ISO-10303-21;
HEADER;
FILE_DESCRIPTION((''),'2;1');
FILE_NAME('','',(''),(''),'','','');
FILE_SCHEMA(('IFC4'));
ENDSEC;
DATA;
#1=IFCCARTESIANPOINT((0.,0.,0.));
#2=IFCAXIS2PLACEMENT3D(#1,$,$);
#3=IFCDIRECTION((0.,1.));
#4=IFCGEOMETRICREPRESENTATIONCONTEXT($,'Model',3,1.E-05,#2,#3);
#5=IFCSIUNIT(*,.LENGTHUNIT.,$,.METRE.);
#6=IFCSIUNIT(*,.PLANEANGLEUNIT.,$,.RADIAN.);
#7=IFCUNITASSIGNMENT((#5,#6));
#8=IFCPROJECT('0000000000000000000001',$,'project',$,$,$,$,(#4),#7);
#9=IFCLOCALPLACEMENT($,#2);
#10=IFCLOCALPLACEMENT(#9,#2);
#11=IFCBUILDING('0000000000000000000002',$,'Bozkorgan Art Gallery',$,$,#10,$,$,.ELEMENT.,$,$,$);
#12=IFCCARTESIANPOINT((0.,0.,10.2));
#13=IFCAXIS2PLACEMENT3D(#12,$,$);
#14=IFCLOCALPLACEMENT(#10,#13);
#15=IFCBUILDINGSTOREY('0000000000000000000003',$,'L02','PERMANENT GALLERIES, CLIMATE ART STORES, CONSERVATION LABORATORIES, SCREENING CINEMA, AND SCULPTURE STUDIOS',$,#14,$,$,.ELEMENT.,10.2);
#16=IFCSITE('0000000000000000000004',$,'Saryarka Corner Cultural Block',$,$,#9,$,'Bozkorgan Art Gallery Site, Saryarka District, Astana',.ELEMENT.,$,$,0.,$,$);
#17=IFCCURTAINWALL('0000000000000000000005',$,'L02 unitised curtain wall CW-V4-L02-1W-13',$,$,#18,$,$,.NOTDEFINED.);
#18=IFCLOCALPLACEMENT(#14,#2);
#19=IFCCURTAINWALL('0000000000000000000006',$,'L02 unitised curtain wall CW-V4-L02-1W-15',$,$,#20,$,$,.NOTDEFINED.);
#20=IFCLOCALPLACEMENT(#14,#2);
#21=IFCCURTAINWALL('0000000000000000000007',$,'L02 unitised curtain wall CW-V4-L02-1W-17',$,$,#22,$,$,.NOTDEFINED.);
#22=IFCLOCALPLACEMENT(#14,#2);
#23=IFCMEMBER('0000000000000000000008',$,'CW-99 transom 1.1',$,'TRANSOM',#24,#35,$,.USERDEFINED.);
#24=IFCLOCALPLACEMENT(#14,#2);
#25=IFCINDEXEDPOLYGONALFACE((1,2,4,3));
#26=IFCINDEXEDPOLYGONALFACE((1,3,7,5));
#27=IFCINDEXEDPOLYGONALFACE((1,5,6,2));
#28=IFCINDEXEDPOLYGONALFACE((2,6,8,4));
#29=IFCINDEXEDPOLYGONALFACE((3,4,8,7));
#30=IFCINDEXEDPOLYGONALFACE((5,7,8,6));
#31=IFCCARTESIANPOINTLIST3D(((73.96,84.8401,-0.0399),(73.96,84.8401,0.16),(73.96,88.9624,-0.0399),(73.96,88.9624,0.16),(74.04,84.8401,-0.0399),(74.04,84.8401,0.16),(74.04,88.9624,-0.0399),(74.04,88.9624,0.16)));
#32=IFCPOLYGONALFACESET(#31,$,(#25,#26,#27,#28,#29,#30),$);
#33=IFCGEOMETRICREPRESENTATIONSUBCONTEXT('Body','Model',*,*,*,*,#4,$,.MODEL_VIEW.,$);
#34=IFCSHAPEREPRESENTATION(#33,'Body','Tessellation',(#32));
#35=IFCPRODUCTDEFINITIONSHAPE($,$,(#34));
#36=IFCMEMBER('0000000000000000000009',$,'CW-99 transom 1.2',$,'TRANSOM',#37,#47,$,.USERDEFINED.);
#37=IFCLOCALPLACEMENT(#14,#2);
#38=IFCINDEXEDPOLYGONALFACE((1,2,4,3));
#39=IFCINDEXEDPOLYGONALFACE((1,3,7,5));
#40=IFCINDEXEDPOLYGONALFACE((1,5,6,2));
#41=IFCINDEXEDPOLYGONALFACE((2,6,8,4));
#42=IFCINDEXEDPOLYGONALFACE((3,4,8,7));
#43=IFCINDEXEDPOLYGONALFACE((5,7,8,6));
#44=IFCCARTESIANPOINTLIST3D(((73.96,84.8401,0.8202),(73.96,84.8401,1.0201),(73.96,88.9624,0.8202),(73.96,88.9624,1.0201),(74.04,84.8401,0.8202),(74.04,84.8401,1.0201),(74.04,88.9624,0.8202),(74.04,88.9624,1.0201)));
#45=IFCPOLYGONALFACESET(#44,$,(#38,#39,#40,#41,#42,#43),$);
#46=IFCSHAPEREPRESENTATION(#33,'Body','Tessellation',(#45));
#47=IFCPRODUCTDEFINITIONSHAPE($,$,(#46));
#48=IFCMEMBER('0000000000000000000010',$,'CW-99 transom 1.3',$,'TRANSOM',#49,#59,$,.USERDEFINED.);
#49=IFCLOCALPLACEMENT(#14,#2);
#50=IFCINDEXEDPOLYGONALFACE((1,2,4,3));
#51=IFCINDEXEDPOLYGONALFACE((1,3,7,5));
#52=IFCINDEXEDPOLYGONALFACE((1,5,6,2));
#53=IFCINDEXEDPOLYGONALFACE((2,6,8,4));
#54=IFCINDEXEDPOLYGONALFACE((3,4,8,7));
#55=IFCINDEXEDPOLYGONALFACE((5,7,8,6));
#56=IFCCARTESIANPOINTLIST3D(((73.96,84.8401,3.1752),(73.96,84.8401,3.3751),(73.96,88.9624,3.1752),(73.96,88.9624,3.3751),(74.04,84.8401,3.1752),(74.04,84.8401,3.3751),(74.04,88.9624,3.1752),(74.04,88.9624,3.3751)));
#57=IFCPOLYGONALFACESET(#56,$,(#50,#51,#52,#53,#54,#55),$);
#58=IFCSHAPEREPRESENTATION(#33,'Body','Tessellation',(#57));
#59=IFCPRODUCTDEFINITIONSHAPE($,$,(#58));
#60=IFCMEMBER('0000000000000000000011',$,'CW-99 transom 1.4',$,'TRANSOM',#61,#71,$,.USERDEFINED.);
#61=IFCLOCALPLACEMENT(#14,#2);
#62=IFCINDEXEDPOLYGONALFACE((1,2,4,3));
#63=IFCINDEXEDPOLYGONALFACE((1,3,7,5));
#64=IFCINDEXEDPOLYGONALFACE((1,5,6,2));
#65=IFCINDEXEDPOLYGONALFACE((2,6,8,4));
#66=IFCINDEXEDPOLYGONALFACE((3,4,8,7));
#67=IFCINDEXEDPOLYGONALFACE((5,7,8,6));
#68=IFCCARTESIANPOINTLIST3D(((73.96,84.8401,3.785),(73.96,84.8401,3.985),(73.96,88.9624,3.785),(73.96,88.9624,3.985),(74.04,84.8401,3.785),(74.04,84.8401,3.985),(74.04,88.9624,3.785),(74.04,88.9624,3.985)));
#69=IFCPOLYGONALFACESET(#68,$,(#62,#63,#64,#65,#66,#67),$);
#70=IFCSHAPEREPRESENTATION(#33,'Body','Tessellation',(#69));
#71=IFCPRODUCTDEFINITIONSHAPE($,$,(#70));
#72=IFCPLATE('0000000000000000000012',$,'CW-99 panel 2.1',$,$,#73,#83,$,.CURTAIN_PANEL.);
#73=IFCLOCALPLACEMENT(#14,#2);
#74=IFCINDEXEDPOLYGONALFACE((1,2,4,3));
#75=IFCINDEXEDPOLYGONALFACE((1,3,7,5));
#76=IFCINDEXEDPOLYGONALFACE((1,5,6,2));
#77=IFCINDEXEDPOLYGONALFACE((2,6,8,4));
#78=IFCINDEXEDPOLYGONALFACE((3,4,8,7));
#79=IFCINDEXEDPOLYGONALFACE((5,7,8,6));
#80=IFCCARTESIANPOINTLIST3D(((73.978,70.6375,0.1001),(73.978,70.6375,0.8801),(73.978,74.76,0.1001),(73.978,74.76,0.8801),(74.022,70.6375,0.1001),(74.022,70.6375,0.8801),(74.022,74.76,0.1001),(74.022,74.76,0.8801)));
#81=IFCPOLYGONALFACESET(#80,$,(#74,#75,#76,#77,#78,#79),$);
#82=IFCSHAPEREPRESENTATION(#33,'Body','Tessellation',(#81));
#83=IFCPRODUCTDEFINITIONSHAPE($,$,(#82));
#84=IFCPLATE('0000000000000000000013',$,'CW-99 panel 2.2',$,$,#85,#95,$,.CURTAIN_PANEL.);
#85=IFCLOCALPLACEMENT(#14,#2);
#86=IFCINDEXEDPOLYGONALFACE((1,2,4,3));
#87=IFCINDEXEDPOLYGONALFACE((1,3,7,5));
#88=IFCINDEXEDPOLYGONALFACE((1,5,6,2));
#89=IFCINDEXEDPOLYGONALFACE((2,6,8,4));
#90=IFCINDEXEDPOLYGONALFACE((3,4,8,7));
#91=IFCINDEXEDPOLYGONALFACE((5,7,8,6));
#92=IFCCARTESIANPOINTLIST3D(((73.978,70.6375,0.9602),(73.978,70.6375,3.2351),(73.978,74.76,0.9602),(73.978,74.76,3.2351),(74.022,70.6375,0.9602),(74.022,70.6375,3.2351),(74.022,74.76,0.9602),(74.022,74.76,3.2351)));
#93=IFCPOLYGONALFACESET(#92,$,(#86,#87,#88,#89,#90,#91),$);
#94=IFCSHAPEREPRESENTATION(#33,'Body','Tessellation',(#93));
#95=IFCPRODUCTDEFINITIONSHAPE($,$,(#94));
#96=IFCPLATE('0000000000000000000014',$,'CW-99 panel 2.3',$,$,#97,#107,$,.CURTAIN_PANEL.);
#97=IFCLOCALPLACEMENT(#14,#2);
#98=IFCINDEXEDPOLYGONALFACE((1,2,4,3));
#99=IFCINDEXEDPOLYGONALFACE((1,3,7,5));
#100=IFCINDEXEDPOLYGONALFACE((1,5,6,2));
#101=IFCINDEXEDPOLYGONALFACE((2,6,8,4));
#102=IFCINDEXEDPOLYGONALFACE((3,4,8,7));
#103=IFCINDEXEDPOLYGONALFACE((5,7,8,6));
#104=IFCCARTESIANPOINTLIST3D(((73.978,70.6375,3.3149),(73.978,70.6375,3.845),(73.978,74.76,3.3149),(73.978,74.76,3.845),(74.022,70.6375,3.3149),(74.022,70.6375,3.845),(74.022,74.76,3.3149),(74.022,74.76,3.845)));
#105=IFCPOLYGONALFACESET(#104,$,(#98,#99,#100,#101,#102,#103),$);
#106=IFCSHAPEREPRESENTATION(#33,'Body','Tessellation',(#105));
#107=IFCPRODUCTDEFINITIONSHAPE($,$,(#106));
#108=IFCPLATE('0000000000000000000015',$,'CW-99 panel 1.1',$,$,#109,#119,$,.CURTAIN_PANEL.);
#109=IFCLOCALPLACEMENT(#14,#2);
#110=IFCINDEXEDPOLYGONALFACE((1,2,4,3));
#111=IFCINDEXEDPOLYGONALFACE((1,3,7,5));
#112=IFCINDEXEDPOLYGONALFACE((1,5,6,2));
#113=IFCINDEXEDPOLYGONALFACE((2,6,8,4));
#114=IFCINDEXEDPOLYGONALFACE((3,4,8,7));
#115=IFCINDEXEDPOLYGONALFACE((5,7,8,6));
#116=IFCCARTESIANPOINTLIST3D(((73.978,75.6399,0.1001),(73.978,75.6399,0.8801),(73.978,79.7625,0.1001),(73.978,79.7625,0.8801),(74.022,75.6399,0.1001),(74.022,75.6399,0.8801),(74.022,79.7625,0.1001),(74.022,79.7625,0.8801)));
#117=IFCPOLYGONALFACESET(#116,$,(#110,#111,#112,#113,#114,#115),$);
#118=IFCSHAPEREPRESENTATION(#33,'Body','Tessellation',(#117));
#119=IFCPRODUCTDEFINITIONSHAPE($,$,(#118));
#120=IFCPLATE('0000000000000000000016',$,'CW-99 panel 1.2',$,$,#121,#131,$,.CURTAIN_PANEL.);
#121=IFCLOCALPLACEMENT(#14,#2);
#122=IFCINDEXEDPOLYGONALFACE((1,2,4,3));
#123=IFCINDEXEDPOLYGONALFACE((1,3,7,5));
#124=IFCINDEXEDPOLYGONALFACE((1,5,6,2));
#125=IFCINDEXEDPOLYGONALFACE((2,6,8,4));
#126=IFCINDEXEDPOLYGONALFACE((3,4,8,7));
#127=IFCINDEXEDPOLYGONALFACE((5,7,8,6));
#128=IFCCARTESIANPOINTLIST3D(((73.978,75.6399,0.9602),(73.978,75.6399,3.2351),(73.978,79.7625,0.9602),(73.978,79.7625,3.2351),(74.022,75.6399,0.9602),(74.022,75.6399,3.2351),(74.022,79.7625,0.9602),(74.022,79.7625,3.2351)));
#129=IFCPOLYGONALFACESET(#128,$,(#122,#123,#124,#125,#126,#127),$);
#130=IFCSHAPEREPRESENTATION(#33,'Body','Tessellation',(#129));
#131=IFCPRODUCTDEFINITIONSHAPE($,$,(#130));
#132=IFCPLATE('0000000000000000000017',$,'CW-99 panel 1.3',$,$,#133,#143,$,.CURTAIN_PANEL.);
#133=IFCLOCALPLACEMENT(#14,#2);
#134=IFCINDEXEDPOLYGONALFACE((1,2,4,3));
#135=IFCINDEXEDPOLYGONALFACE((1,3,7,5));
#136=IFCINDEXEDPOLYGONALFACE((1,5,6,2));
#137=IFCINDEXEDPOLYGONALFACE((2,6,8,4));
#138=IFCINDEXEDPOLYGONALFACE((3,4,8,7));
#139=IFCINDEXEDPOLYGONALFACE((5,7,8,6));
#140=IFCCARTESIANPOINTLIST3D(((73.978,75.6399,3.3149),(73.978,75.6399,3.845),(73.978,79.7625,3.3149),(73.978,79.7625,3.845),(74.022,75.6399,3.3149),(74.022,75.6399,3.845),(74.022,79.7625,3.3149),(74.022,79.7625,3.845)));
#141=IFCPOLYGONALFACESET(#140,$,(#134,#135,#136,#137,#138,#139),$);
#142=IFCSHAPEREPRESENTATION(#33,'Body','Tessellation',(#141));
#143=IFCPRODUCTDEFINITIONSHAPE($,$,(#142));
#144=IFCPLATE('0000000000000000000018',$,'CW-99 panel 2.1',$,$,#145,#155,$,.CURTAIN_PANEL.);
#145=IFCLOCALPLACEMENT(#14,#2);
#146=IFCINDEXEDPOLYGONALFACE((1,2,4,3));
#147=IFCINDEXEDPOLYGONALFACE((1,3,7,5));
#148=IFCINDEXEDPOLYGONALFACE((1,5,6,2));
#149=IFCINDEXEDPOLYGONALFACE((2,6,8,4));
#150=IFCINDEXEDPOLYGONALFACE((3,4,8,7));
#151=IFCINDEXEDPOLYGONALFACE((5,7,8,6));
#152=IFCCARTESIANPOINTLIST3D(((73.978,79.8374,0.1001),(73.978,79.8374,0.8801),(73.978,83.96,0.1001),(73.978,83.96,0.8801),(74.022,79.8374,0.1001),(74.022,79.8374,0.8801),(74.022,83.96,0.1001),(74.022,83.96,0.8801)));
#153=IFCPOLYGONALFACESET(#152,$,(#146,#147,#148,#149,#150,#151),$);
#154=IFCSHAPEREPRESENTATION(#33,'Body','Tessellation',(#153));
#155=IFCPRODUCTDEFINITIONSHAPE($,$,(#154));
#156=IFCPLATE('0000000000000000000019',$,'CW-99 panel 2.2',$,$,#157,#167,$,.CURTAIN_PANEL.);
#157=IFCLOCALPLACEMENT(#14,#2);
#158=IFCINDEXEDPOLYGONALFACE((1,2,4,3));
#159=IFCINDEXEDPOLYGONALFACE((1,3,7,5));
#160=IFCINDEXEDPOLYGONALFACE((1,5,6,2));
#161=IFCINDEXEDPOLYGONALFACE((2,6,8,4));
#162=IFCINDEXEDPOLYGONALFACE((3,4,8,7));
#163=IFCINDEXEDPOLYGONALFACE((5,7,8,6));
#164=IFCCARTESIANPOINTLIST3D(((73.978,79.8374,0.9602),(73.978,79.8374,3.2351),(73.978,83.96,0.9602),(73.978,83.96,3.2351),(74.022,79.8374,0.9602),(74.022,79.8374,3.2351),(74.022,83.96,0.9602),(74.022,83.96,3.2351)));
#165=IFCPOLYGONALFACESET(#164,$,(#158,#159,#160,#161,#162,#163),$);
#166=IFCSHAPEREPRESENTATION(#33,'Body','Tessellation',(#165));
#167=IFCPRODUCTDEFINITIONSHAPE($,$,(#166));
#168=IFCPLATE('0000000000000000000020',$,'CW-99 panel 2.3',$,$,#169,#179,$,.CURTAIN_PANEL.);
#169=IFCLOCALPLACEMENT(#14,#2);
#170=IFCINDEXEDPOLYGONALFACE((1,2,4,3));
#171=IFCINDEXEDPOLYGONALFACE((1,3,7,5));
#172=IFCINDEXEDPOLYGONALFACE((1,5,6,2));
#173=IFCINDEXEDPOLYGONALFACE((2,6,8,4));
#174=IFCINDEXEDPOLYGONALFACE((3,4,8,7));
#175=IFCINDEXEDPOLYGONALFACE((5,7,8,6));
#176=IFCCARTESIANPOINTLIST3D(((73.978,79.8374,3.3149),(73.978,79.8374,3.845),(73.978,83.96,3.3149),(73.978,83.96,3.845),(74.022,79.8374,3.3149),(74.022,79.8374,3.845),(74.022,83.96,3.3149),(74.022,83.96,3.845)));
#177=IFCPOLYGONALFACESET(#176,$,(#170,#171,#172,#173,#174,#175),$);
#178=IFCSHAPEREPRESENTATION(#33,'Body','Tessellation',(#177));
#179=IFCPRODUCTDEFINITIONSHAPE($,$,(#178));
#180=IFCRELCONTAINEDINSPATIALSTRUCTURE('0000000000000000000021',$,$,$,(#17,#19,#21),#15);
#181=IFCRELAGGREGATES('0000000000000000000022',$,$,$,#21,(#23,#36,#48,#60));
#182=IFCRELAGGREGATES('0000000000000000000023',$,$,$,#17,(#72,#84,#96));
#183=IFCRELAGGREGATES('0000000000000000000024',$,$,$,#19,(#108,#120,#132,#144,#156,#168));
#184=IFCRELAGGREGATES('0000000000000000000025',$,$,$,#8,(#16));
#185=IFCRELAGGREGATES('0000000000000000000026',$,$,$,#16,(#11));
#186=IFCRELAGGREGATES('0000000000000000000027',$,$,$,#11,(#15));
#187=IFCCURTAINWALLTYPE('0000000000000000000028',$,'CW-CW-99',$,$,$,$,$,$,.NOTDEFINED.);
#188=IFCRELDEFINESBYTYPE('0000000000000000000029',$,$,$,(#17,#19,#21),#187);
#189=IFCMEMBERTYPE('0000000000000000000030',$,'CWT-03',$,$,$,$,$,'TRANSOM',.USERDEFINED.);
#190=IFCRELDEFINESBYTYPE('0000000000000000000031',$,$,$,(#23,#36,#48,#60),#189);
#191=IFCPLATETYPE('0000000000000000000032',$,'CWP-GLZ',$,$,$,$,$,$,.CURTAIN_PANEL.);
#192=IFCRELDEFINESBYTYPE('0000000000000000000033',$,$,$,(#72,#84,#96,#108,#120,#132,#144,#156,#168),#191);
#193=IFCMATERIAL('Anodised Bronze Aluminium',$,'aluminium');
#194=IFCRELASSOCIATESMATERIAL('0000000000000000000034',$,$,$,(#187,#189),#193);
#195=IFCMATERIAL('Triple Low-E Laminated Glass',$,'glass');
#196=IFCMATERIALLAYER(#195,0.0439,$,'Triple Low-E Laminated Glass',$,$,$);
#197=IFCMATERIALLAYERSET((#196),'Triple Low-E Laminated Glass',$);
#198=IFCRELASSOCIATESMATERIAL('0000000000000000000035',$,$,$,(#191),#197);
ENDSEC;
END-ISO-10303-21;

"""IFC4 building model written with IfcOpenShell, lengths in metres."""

from ifc_helpers import new_model, si_unit, direction, frame, origin, origin_2d, place, context, subcontext, project, spatial, rectangle, extrude, material, layer, layer_set, material_profile, profile_set, type_object, element, aggregate, save


model = new_model("IFC4")

# Units and contexts
model_context = context("Model", 3, precision=1e-05, world=origin(), true_north=direction((0.0, 1.0)))
body_context = subcontext(model_context, "Body", "Model", "MODEL_VIEW")
ifc_project = project(units=[si_unit("LENGTHUNIT", "METRE"), si_unit("PLANEANGLEUNIT", "RADIAN")], contexts=[model_context])

# Site, building, storey
site_placement = place(None, origin())
site = spatial("IfcSite", under=ifc_project, at=site_placement, Name="Saryarka Corner Cultural Block", LongName="Bozkorgan Art Gallery Site, Saryarka District, Astana", CompositionType="ELEMENT", RefElevation=0.0)
building_placement = place(site_placement, origin())
building = spatial("IfcBuilding", under=site, at=building_placement, Name="Bozkorgan Art Gallery", CompositionType="ELEMENT")
storey_placement = place(building_placement, frame((0.0, 0.0, 10.2)))
storey = spatial("IfcBuildingStorey", under=building, at=storey_placement, Name="L02", Description="PERMANENT GALLERIES, CLIMATE ART STORES, CONSERVATION LABORATORIES, SCREENING CINEMA, AND SCULPTURE STUDIOS", CompositionType="ELEMENT", Elevation=10.2)

# Curtain wall
ifc_material_1 = material(Name="Anodised Bronze Aluminium", Category="aluminium")
curtain_wall_type = type_object("IfcCurtainWallType", Name="CW-CW-99", PredefinedType="NOTDEFINED", material=ifc_material_1)
curtain_wall_1_placement = place(storey_placement, origin())
curtain_wall_1 = element("IfcCurtainWall", 1, at=curtain_wall_1_placement, inside=storey, type_object=curtain_wall_type, Name="L02 unitised curtain wall CW-V4-L02-1W-13", PredefinedType="NOTDEFINED")

# Curtain wall
curtain_wall_2_placement = place(storey_placement, origin())
curtain_wall_2 = element("IfcCurtainWall", 2, at=curtain_wall_2_placement, inside=storey, type_object=curtain_wall_type, Name="L02 unitised curtain wall CW-V4-L02-1W-15", PredefinedType="NOTDEFINED")

# Curtain wall
curtain_wall_3_placement = place(storey_placement, origin())
curtain_wall_3 = element("IfcCurtainWall", 3, at=curtain_wall_3_placement, inside=storey, type_object=curtain_wall_type, Name="L02 unitised curtain wall CW-V4-L02-1W-17", PredefinedType="NOTDEFINED")

# Members
ifc_material_profile_1 = material_profile(ifc_material_1, rectangle(XDim=0.0801, YDim=0.2, at=origin_2d()), Name="ALU TRANSOM 80x200")
ifc_profile_set_1 = profile_set([ifc_material_profile_1], Name="Anodised Bronze Aluminium")
member_type_1 = type_object("IfcMemberType", Name="CWT-03", ElementType="TRANSOM", PredefinedType="USERDEFINED", material=ifc_profile_set_1)
member_1_placement = place(storey_placement, frame((74.0, 84.8401, 0.0601), z_axis=(0.0, 1.0, 0.0), x_axis=(-1.0, 0.0, 0.0)))
member_1 = element("IfcMember", 4, at=member_1_placement, type_object=member_type_1, Name="CW-99 transom 1.1", ObjectType="TRANSOM", PredefinedType="USERDEFINED", context=body_context, shape_type="SweptSolid", body=[
    extrude(rectangle(XDim=0.0801, YDim=0.2, at=origin_2d()), origin(), (0.0, 0.0, 1.0), 4.1223),
])
member_2_placement = place(storey_placement, frame((74.0, 84.8401, 0.9202), z_axis=(0.0, 1.0, 0.0), x_axis=(-1.0, 0.0, 0.0)))
member_2 = element("IfcMember", 5, at=member_2_placement, type_object=member_type_1, Name="CW-99 transom 1.2", ObjectType="TRANSOM", PredefinedType="USERDEFINED", context=body_context, shape_type="SweptSolid", body=[
    extrude(rectangle(XDim=0.0801, YDim=0.2, at=origin_2d()), origin(), (0.0, 0.0, 1.0), 4.1223),
])
member_3_placement = place(storey_placement, frame((74.0, 84.8401, 3.2751), z_axis=(0.0, 1.0, 0.0), x_axis=(-1.0, 0.0, 0.0)))
member_3 = element("IfcMember", 6, at=member_3_placement, type_object=member_type_1, Name="CW-99 transom 1.3", ObjectType="TRANSOM", PredefinedType="USERDEFINED", context=body_context, shape_type="SweptSolid", body=[
    extrude(rectangle(XDim=0.0801, YDim=0.2, at=origin_2d()), origin(), (0.0, 0.0, 1.0), 4.1223),
])
member_4_placement = place(storey_placement, frame((74.0, 84.8401, 3.885), z_axis=(0.0, 1.0, 0.0), x_axis=(-1.0, 0.0, 0.0)))
member_4 = element("IfcMember", 7, at=member_4_placement, type_object=member_type_1, Name="CW-99 transom 1.4", ObjectType="TRANSOM", PredefinedType="USERDEFINED", context=body_context, shape_type="SweptSolid", body=[
    extrude(rectangle(XDim=0.0801, YDim=0.2, at=origin_2d()), origin(), (0.0, 0.0, 1.0), 4.1223),
])
aggregate(curtain_wall_3, [member_1, member_2, member_3, member_4])

# Plates
ifc_material_2 = material(Name="Triple Low-E Laminated Glass", Category="glass")
ifc_layer = layer(ifc_material_2, 0.0439, Name="Triple Low-E Laminated Glass")
ifc_layer_set = layer_set([ifc_layer], Name="Triple Low-E Laminated Glass")
plate_type = type_object("IfcPlateType", Name="CWP-GLZ", PredefinedType="CURTAIN_PANEL", material=ifc_layer_set)
plate_1_placement = place(storey_placement, frame((74.0, 72.6987, 0.1001), z_axis=(0.0, 0.0, 1.0), x_axis=(0.0, 1.0, 0.0)))
plate_1 = element("IfcPlate", 8, at=plate_1_placement, type_object=plate_type, Name="CW-99 panel 2.1", PredefinedType="CURTAIN_PANEL", context=body_context, shape_type="SweptSolid", body=[
    extrude(rectangle(XDim=4.1226, YDim=0.0439, at=origin_2d()), origin(), (0.0, 0.0, 1.0), 0.78),
])
plate_2_placement = place(storey_placement, frame((74.0, 72.6987, 0.9602), z_axis=(0.0, 0.0, 1.0), x_axis=(0.0, 1.0, 0.0)))
plate_2 = element("IfcPlate", 9, at=plate_2_placement, type_object=plate_type, Name="CW-99 panel 2.2", PredefinedType="CURTAIN_PANEL", context=body_context, shape_type="SweptSolid", body=[
    extrude(rectangle(XDim=4.1226, YDim=0.0439, at=origin_2d()), origin(), (0.0, 0.0, 1.0), 2.2749),
])
plate_3_placement = place(storey_placement, frame((74.0, 72.6987, 3.3149), z_axis=(0.0, 0.0, 1.0), x_axis=(0.0, 1.0, 0.0)))
plate_3 = element("IfcPlate", 10, at=plate_3_placement, type_object=plate_type, Name="CW-99 panel 2.3", PredefinedType="CURTAIN_PANEL", context=body_context, shape_type="SweptSolid", body=[
    extrude(rectangle(XDim=4.1226, YDim=0.0439, at=origin_2d()), origin(), (0.0, 0.0, 1.0), 0.53),
])
aggregate(curtain_wall_1, [plate_1, plate_2, plate_3])
plate_4_placement = place(storey_placement, frame((74.0, 77.7012, 0.1001), z_axis=(0.0, 0.0, 1.0), x_axis=(0.0, 1.0, 0.0)))
plate_4 = element("IfcPlate", 11, at=plate_4_placement, type_object=plate_type, Name="CW-99 panel 1.1", PredefinedType="CURTAIN_PANEL", context=body_context, shape_type="SweptSolid", body=[
    extrude(rectangle(XDim=4.1226, YDim=0.0439, at=origin_2d()), origin(), (0.0, 0.0, 1.0), 0.78),
])
plate_5_placement = place(storey_placement, frame((74.0, 77.7012, 0.9602), z_axis=(0.0, 0.0, 1.0), x_axis=(0.0, 1.0, 0.0)))
plate_5 = element("IfcPlate", 12, at=plate_5_placement, type_object=plate_type, Name="CW-99 panel 1.2", PredefinedType="CURTAIN_PANEL", context=body_context, shape_type="SweptSolid", body=[
    extrude(rectangle(XDim=4.1226, YDim=0.0439, at=origin_2d()), origin(), (0.0, 0.0, 1.0), 2.2749),
])
plate_6_placement = place(storey_placement, frame((74.0, 77.7012, 3.3149), z_axis=(0.0, 0.0, 1.0), x_axis=(0.0, 1.0, 0.0)))
plate_6 = element("IfcPlate", 13, at=plate_6_placement, type_object=plate_type, Name="CW-99 panel 1.3", PredefinedType="CURTAIN_PANEL", context=body_context, shape_type="SweptSolid", body=[
    extrude(rectangle(XDim=4.1226, YDim=0.0439, at=origin_2d()), origin(), (0.0, 0.0, 1.0), 0.53),
])
plate_7_placement = place(storey_placement, frame((74.0, 81.8987, 0.1001), z_axis=(0.0, 0.0, 1.0), x_axis=(0.0, 1.0, 0.0)))
plate_7 = element("IfcPlate", 14, at=plate_7_placement, type_object=plate_type, Name="CW-99 panel 2.1", PredefinedType="CURTAIN_PANEL", context=body_context, shape_type="SweptSolid", body=[
    extrude(rectangle(XDim=4.1226, YDim=0.0439, at=origin_2d()), origin(), (0.0, 0.0, 1.0), 0.78),
])
plate_8_placement = place(storey_placement, frame((74.0, 81.8987, 0.9602), z_axis=(0.0, 0.0, 1.0), x_axis=(0.0, 1.0, 0.0)))
plate_8 = element("IfcPlate", 15, at=plate_8_placement, type_object=plate_type, Name="CW-99 panel 2.2", PredefinedType="CURTAIN_PANEL", context=body_context, shape_type="SweptSolid", body=[
    extrude(rectangle(XDim=4.1226, YDim=0.0439, at=origin_2d()), origin(), (0.0, 0.0, 1.0), 2.2749),
])
plate_9_placement = place(storey_placement, frame((74.0, 81.8987, 3.3149), z_axis=(0.0, 0.0, 1.0), x_axis=(0.0, 1.0, 0.0)))
plate_9 = element("IfcPlate", 16, at=plate_9_placement, type_object=plate_type, Name="CW-99 panel 2.3", PredefinedType="CURTAIN_PANEL", context=body_context, shape_type="SweptSolid", body=[
    extrude(rectangle(XDim=4.1226, YDim=0.0439, at=origin_2d()), origin(), (0.0, 0.0, 1.0), 0.53),
])
aggregate(curtain_wall_2, [plate_4, plate_5, plate_6, plate_7, plate_8, plate_9])

save(model, "model.ifc")
